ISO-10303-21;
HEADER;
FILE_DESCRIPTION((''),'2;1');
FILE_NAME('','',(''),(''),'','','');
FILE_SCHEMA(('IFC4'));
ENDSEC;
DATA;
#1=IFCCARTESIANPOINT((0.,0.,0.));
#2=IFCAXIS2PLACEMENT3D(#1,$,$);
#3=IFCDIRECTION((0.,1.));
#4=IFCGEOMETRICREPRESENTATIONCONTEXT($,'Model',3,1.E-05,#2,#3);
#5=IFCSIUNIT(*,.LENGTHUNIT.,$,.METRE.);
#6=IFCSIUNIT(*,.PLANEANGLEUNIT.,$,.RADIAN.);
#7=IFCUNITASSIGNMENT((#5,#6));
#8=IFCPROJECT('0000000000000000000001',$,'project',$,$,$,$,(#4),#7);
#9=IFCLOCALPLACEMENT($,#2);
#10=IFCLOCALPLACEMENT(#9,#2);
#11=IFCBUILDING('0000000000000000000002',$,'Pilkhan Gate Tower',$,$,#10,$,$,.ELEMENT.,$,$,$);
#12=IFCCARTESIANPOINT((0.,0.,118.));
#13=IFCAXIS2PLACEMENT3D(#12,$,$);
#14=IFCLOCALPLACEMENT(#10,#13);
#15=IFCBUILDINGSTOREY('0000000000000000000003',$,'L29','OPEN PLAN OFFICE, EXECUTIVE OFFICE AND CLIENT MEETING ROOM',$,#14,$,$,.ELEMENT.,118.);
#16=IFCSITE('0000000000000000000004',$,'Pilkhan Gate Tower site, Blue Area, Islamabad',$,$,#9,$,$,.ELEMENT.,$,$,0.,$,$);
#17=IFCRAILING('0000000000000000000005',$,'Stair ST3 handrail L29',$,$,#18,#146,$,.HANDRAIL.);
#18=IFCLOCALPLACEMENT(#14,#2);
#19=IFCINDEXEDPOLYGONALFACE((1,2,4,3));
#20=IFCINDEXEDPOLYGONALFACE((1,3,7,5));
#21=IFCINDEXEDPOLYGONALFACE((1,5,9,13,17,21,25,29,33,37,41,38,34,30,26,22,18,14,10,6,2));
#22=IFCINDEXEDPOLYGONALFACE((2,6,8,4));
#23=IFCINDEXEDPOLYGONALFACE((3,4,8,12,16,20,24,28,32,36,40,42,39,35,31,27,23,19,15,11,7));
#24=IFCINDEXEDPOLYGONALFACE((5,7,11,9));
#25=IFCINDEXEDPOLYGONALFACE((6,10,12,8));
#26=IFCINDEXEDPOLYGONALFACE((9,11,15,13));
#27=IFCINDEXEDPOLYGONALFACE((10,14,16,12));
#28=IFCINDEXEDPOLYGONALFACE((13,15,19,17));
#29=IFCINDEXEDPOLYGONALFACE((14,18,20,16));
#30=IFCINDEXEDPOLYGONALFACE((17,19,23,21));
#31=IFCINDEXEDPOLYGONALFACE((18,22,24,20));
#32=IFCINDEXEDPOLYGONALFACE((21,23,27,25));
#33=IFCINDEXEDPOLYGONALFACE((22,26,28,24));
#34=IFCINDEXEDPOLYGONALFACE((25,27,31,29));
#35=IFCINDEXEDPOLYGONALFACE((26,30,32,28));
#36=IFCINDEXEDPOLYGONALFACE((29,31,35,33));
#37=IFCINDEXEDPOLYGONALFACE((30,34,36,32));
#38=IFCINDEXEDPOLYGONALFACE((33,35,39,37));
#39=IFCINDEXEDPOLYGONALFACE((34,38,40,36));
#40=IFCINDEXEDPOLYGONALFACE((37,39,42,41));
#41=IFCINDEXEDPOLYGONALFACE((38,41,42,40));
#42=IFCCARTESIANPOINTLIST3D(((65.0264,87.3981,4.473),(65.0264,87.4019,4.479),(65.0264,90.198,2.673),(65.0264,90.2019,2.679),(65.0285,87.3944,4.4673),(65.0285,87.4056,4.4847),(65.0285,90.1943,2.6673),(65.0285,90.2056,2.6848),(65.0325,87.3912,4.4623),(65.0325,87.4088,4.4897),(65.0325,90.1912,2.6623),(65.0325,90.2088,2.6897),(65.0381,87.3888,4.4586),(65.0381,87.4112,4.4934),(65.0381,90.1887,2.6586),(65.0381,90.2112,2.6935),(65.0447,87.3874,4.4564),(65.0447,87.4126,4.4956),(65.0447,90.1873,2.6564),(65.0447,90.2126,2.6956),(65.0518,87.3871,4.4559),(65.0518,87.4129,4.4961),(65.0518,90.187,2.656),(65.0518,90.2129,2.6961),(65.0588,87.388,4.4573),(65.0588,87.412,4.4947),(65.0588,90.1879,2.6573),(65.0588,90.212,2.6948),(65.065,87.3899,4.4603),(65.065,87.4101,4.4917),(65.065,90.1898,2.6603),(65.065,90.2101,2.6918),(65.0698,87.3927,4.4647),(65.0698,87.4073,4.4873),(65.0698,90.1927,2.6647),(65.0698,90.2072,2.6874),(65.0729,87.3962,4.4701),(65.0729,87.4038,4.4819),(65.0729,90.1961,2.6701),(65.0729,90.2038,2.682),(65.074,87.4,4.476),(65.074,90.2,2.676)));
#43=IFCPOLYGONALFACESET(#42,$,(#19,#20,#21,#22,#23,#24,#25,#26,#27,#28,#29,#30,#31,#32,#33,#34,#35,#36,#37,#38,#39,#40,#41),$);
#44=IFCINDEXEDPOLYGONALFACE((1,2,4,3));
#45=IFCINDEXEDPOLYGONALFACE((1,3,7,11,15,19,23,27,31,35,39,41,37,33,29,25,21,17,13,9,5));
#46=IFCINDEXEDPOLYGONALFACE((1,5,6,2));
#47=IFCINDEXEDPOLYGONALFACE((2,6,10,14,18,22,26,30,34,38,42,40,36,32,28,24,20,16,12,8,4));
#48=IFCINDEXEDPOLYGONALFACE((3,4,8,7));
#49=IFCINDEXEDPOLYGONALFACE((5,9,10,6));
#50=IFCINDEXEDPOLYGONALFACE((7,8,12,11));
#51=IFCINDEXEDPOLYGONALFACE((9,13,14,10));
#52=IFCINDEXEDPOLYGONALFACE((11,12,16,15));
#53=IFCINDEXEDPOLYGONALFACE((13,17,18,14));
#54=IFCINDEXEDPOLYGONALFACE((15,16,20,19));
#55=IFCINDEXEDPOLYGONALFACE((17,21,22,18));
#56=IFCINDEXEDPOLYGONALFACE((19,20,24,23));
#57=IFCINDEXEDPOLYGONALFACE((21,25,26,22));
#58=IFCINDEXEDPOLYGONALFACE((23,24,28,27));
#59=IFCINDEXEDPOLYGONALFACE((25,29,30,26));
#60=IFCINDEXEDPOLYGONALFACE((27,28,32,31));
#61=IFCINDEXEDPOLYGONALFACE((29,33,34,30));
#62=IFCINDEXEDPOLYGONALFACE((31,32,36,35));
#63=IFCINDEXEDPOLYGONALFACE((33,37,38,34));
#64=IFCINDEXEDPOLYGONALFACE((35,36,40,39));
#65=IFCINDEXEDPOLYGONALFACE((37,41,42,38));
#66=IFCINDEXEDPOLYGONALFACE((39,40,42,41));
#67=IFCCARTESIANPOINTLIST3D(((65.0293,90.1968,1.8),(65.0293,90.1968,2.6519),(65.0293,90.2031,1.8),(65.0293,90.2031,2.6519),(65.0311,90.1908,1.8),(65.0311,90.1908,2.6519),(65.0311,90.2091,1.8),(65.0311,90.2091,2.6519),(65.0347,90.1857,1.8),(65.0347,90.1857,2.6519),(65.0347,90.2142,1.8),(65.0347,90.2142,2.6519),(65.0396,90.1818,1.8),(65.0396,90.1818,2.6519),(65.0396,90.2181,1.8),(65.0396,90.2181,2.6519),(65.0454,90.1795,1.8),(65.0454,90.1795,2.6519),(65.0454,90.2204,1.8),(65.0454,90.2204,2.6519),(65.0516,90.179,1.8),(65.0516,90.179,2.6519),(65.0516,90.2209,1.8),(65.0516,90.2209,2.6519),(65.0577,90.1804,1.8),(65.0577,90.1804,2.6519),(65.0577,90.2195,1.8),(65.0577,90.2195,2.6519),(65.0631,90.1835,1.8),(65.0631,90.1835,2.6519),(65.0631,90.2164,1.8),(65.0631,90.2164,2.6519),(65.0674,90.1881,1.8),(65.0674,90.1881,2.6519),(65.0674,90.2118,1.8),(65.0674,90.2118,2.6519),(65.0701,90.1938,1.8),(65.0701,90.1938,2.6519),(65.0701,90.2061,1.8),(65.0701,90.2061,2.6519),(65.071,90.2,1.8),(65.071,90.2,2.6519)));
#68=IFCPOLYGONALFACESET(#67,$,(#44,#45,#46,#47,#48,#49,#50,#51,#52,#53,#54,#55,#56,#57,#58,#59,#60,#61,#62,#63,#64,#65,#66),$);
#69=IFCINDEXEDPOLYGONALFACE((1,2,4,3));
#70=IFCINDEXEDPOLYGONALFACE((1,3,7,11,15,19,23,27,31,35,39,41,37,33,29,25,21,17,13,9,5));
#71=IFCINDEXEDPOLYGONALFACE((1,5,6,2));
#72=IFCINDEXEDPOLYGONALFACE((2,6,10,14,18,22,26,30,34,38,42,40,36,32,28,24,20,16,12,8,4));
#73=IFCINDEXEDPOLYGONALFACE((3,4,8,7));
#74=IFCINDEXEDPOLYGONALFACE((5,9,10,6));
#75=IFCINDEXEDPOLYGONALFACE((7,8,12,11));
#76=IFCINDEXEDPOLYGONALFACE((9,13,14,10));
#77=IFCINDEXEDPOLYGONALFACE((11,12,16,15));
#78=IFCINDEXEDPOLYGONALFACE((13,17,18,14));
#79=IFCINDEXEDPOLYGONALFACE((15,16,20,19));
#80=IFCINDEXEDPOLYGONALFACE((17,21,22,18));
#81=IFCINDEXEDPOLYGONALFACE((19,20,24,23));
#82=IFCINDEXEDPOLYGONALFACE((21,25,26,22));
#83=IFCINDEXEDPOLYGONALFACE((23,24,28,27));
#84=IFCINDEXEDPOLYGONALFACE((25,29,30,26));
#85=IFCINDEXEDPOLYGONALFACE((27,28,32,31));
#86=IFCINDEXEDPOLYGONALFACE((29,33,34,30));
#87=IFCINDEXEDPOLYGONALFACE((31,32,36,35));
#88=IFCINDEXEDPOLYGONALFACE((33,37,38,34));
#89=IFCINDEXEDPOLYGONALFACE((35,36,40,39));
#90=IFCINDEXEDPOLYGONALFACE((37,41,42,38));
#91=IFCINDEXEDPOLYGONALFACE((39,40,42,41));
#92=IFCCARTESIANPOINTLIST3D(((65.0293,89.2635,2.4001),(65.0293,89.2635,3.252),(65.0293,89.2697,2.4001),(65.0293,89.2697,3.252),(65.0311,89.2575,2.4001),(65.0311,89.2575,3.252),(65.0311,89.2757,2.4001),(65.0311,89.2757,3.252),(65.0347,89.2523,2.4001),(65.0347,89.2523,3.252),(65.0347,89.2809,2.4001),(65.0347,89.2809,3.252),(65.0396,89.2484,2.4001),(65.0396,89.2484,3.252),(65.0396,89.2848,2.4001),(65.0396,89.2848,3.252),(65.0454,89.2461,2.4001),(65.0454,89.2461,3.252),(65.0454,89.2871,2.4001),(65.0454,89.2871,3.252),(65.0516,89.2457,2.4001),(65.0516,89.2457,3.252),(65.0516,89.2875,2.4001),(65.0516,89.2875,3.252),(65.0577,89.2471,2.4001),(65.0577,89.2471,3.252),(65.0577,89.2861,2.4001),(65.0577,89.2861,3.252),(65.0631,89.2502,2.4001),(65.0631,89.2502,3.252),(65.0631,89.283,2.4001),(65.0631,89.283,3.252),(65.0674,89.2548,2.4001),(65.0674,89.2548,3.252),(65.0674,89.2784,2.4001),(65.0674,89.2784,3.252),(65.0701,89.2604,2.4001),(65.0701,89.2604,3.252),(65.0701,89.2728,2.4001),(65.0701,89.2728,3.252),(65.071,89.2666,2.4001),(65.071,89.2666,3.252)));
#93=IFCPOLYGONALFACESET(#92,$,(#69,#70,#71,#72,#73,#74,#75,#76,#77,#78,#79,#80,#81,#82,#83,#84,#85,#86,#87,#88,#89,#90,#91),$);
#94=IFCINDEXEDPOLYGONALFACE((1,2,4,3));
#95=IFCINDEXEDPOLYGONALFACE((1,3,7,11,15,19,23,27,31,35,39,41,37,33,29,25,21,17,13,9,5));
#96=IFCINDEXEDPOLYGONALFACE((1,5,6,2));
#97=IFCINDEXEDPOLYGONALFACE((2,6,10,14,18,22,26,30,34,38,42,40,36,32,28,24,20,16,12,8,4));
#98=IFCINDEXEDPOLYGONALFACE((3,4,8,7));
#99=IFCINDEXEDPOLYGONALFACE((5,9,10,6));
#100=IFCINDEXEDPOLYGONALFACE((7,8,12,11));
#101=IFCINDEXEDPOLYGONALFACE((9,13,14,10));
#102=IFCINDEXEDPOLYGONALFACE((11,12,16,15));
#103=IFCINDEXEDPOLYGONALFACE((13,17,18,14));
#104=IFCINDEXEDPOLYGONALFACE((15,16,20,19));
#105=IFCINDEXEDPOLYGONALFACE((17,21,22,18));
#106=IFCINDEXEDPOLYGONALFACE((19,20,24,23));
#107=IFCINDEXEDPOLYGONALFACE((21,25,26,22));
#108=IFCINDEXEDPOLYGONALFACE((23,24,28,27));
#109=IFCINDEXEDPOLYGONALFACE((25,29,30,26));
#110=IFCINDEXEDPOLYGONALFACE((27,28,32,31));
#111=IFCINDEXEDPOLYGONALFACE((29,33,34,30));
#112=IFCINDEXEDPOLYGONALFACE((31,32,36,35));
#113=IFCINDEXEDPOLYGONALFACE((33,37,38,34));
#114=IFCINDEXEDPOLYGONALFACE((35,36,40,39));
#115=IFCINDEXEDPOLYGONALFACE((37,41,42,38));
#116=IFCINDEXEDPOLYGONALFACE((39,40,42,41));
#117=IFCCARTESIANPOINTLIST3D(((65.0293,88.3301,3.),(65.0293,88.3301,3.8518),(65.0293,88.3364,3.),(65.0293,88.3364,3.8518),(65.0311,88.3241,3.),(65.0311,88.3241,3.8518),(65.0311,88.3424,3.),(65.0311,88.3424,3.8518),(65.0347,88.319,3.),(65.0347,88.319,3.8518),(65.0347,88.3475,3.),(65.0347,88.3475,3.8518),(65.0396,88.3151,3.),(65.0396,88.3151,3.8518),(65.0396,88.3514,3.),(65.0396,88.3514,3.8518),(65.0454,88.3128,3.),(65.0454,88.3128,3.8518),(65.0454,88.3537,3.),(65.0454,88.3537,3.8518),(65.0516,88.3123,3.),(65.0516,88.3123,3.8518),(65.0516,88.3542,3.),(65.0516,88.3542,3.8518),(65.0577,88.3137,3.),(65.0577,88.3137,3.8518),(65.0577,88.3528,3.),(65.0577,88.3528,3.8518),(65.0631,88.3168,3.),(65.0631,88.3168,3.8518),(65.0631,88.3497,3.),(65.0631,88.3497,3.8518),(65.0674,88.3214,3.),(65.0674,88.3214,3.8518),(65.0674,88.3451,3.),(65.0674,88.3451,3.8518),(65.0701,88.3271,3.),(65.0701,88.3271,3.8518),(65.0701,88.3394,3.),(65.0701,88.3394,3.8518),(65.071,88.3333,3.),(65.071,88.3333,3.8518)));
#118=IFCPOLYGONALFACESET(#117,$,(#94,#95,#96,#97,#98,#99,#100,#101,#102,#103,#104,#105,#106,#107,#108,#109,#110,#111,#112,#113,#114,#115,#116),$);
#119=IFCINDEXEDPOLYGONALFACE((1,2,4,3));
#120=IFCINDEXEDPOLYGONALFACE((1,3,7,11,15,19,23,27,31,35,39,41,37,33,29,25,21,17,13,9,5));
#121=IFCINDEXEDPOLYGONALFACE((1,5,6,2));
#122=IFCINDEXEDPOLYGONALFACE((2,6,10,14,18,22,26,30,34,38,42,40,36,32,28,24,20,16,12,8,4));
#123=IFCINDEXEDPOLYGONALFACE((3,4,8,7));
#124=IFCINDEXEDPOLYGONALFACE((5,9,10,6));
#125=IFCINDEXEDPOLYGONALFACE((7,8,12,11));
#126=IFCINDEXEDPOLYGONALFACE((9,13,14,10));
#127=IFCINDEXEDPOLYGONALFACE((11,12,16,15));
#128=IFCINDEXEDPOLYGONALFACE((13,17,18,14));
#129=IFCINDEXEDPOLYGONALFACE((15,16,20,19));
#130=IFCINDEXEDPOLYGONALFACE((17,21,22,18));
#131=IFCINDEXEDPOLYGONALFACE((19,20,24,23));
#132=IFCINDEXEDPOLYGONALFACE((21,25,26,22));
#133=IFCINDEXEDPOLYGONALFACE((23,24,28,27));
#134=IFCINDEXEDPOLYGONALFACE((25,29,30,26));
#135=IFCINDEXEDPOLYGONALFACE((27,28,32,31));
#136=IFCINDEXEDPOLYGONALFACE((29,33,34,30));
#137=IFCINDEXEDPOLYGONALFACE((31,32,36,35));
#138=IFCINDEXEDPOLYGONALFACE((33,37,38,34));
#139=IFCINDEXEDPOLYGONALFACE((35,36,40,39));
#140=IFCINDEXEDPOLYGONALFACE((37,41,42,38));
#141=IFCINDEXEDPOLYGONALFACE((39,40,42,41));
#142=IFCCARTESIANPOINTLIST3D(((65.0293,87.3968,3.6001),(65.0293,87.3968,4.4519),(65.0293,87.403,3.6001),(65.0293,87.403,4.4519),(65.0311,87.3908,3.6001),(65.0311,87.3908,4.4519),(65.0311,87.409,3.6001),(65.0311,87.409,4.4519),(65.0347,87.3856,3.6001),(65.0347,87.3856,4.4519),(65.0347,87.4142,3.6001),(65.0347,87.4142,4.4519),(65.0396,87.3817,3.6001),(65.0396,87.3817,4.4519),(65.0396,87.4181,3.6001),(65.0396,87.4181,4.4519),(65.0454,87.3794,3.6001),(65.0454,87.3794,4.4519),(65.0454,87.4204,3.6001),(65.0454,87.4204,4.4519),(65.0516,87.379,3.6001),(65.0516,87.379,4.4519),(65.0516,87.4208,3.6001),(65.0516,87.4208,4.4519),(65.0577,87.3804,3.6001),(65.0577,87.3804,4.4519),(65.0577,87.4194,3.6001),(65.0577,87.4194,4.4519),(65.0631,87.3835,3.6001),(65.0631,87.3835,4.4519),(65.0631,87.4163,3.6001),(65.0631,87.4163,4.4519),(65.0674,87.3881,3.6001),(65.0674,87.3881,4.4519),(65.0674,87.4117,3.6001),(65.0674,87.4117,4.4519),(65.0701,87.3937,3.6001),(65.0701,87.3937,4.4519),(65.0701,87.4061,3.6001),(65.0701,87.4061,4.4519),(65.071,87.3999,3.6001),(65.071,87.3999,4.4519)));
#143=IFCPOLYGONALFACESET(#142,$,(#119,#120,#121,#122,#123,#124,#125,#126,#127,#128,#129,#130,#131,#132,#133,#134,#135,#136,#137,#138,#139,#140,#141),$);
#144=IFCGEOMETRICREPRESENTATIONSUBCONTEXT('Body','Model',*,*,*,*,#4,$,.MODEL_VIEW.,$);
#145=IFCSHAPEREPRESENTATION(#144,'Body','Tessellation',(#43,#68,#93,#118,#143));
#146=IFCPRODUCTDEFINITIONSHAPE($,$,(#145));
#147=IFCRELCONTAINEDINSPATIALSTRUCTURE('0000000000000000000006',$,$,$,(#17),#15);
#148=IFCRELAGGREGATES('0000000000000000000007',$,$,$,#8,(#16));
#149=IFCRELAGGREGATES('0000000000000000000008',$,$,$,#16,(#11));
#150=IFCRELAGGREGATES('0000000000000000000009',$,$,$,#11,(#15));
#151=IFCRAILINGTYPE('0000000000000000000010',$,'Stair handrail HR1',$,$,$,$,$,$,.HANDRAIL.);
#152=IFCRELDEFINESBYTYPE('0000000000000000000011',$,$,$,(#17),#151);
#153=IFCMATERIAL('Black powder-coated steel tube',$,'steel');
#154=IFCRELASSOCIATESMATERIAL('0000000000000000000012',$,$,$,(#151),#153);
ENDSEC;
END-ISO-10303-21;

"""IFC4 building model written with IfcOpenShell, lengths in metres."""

from ifc_helpers import new_model, si_unit, direction, frame, origin, origin_2d, place, context, subcontext, project, spatial, circle, extrude, material, type_object, element, save


model = new_model("IFC4")

# Units and contexts
model_context = context("Model", 3, precision=1e-05, world=origin(), true_north=direction((0.0, 1.0)))
body_context = subcontext(model_context, "Body", "Model", "MODEL_VIEW")
ifc_project = project(units=[si_unit("LENGTHUNIT", "METRE"), si_unit("PLANEANGLEUNIT", "RADIAN")], contexts=[model_context])

# Site, building, storey
site_placement = place(None, origin())
site = spatial("IfcSite", under=ifc_project, at=site_placement, Name="Pilkhan Gate Tower site, Blue Area, Islamabad", CompositionType="ELEMENT", RefElevation=0.0)
building_placement = place(site_placement, origin())
building = spatial("IfcBuilding", under=site, at=building_placement, Name="Pilkhan Gate Tower", CompositionType="ELEMENT")
storey_placement = place(building_placement, frame((0.0, 0.0, 118.0)))
storey = spatial("IfcBuildingStorey", under=building, at=storey_placement, Name="L29", Description="OPEN PLAN OFFICE, EXECUTIVE OFFICE AND CLIENT MEETING ROOM", CompositionType="ELEMENT", Elevation=118.0)

# Railing
ifc_material_1 = material(Name="Black powder-coated steel tube", Category="steel")
railing_type_1 = type_object("IfcRailingType", Name="Stair handrail HR1", PredefinedType="HANDRAIL", material=ifc_material_1)
railing_1_placement = place(storey_placement, frame((65.05, 90.2, 1.8)))
element("IfcRailing", 1, at=railing_1_placement, inside=storey, type_object=railing_type_1, Name="Stair ST3 handrail L29", PredefinedType="HANDRAIL", context=body_context, shape_type="SweptSolid", body=[
    extrude(circle(Radius=0.0239, at=origin_2d()), frame((0.0, 0.0, 0.876), z_axis=(0.0, -0.841176, 0.540761), x_axis=(1.0, 0.0, 0.0)), (0.0, 0.0, 1.0), 3.3286),
    extrude(circle(Radius=0.021, at=origin_2d()), origin(), (0.0, 0.0, 1.0), 0.8518),
    extrude(circle(Radius=0.021, at=origin_2d()), frame((0.0, -0.9333, 0.6001)), (0.0, 0.0, 1.0), 0.8518),
    extrude(circle(Radius=0.021, at=origin_2d()), frame((0.0, -1.8667, 1.2)), (0.0, 0.0, 1.0), 0.8518),
    extrude(circle(Radius=0.021, at=origin_2d()), frame((0.0, -2.8, 1.8)), (0.0, 0.0, 1.0), 0.8518),
])

save(model, "model.ifc")
